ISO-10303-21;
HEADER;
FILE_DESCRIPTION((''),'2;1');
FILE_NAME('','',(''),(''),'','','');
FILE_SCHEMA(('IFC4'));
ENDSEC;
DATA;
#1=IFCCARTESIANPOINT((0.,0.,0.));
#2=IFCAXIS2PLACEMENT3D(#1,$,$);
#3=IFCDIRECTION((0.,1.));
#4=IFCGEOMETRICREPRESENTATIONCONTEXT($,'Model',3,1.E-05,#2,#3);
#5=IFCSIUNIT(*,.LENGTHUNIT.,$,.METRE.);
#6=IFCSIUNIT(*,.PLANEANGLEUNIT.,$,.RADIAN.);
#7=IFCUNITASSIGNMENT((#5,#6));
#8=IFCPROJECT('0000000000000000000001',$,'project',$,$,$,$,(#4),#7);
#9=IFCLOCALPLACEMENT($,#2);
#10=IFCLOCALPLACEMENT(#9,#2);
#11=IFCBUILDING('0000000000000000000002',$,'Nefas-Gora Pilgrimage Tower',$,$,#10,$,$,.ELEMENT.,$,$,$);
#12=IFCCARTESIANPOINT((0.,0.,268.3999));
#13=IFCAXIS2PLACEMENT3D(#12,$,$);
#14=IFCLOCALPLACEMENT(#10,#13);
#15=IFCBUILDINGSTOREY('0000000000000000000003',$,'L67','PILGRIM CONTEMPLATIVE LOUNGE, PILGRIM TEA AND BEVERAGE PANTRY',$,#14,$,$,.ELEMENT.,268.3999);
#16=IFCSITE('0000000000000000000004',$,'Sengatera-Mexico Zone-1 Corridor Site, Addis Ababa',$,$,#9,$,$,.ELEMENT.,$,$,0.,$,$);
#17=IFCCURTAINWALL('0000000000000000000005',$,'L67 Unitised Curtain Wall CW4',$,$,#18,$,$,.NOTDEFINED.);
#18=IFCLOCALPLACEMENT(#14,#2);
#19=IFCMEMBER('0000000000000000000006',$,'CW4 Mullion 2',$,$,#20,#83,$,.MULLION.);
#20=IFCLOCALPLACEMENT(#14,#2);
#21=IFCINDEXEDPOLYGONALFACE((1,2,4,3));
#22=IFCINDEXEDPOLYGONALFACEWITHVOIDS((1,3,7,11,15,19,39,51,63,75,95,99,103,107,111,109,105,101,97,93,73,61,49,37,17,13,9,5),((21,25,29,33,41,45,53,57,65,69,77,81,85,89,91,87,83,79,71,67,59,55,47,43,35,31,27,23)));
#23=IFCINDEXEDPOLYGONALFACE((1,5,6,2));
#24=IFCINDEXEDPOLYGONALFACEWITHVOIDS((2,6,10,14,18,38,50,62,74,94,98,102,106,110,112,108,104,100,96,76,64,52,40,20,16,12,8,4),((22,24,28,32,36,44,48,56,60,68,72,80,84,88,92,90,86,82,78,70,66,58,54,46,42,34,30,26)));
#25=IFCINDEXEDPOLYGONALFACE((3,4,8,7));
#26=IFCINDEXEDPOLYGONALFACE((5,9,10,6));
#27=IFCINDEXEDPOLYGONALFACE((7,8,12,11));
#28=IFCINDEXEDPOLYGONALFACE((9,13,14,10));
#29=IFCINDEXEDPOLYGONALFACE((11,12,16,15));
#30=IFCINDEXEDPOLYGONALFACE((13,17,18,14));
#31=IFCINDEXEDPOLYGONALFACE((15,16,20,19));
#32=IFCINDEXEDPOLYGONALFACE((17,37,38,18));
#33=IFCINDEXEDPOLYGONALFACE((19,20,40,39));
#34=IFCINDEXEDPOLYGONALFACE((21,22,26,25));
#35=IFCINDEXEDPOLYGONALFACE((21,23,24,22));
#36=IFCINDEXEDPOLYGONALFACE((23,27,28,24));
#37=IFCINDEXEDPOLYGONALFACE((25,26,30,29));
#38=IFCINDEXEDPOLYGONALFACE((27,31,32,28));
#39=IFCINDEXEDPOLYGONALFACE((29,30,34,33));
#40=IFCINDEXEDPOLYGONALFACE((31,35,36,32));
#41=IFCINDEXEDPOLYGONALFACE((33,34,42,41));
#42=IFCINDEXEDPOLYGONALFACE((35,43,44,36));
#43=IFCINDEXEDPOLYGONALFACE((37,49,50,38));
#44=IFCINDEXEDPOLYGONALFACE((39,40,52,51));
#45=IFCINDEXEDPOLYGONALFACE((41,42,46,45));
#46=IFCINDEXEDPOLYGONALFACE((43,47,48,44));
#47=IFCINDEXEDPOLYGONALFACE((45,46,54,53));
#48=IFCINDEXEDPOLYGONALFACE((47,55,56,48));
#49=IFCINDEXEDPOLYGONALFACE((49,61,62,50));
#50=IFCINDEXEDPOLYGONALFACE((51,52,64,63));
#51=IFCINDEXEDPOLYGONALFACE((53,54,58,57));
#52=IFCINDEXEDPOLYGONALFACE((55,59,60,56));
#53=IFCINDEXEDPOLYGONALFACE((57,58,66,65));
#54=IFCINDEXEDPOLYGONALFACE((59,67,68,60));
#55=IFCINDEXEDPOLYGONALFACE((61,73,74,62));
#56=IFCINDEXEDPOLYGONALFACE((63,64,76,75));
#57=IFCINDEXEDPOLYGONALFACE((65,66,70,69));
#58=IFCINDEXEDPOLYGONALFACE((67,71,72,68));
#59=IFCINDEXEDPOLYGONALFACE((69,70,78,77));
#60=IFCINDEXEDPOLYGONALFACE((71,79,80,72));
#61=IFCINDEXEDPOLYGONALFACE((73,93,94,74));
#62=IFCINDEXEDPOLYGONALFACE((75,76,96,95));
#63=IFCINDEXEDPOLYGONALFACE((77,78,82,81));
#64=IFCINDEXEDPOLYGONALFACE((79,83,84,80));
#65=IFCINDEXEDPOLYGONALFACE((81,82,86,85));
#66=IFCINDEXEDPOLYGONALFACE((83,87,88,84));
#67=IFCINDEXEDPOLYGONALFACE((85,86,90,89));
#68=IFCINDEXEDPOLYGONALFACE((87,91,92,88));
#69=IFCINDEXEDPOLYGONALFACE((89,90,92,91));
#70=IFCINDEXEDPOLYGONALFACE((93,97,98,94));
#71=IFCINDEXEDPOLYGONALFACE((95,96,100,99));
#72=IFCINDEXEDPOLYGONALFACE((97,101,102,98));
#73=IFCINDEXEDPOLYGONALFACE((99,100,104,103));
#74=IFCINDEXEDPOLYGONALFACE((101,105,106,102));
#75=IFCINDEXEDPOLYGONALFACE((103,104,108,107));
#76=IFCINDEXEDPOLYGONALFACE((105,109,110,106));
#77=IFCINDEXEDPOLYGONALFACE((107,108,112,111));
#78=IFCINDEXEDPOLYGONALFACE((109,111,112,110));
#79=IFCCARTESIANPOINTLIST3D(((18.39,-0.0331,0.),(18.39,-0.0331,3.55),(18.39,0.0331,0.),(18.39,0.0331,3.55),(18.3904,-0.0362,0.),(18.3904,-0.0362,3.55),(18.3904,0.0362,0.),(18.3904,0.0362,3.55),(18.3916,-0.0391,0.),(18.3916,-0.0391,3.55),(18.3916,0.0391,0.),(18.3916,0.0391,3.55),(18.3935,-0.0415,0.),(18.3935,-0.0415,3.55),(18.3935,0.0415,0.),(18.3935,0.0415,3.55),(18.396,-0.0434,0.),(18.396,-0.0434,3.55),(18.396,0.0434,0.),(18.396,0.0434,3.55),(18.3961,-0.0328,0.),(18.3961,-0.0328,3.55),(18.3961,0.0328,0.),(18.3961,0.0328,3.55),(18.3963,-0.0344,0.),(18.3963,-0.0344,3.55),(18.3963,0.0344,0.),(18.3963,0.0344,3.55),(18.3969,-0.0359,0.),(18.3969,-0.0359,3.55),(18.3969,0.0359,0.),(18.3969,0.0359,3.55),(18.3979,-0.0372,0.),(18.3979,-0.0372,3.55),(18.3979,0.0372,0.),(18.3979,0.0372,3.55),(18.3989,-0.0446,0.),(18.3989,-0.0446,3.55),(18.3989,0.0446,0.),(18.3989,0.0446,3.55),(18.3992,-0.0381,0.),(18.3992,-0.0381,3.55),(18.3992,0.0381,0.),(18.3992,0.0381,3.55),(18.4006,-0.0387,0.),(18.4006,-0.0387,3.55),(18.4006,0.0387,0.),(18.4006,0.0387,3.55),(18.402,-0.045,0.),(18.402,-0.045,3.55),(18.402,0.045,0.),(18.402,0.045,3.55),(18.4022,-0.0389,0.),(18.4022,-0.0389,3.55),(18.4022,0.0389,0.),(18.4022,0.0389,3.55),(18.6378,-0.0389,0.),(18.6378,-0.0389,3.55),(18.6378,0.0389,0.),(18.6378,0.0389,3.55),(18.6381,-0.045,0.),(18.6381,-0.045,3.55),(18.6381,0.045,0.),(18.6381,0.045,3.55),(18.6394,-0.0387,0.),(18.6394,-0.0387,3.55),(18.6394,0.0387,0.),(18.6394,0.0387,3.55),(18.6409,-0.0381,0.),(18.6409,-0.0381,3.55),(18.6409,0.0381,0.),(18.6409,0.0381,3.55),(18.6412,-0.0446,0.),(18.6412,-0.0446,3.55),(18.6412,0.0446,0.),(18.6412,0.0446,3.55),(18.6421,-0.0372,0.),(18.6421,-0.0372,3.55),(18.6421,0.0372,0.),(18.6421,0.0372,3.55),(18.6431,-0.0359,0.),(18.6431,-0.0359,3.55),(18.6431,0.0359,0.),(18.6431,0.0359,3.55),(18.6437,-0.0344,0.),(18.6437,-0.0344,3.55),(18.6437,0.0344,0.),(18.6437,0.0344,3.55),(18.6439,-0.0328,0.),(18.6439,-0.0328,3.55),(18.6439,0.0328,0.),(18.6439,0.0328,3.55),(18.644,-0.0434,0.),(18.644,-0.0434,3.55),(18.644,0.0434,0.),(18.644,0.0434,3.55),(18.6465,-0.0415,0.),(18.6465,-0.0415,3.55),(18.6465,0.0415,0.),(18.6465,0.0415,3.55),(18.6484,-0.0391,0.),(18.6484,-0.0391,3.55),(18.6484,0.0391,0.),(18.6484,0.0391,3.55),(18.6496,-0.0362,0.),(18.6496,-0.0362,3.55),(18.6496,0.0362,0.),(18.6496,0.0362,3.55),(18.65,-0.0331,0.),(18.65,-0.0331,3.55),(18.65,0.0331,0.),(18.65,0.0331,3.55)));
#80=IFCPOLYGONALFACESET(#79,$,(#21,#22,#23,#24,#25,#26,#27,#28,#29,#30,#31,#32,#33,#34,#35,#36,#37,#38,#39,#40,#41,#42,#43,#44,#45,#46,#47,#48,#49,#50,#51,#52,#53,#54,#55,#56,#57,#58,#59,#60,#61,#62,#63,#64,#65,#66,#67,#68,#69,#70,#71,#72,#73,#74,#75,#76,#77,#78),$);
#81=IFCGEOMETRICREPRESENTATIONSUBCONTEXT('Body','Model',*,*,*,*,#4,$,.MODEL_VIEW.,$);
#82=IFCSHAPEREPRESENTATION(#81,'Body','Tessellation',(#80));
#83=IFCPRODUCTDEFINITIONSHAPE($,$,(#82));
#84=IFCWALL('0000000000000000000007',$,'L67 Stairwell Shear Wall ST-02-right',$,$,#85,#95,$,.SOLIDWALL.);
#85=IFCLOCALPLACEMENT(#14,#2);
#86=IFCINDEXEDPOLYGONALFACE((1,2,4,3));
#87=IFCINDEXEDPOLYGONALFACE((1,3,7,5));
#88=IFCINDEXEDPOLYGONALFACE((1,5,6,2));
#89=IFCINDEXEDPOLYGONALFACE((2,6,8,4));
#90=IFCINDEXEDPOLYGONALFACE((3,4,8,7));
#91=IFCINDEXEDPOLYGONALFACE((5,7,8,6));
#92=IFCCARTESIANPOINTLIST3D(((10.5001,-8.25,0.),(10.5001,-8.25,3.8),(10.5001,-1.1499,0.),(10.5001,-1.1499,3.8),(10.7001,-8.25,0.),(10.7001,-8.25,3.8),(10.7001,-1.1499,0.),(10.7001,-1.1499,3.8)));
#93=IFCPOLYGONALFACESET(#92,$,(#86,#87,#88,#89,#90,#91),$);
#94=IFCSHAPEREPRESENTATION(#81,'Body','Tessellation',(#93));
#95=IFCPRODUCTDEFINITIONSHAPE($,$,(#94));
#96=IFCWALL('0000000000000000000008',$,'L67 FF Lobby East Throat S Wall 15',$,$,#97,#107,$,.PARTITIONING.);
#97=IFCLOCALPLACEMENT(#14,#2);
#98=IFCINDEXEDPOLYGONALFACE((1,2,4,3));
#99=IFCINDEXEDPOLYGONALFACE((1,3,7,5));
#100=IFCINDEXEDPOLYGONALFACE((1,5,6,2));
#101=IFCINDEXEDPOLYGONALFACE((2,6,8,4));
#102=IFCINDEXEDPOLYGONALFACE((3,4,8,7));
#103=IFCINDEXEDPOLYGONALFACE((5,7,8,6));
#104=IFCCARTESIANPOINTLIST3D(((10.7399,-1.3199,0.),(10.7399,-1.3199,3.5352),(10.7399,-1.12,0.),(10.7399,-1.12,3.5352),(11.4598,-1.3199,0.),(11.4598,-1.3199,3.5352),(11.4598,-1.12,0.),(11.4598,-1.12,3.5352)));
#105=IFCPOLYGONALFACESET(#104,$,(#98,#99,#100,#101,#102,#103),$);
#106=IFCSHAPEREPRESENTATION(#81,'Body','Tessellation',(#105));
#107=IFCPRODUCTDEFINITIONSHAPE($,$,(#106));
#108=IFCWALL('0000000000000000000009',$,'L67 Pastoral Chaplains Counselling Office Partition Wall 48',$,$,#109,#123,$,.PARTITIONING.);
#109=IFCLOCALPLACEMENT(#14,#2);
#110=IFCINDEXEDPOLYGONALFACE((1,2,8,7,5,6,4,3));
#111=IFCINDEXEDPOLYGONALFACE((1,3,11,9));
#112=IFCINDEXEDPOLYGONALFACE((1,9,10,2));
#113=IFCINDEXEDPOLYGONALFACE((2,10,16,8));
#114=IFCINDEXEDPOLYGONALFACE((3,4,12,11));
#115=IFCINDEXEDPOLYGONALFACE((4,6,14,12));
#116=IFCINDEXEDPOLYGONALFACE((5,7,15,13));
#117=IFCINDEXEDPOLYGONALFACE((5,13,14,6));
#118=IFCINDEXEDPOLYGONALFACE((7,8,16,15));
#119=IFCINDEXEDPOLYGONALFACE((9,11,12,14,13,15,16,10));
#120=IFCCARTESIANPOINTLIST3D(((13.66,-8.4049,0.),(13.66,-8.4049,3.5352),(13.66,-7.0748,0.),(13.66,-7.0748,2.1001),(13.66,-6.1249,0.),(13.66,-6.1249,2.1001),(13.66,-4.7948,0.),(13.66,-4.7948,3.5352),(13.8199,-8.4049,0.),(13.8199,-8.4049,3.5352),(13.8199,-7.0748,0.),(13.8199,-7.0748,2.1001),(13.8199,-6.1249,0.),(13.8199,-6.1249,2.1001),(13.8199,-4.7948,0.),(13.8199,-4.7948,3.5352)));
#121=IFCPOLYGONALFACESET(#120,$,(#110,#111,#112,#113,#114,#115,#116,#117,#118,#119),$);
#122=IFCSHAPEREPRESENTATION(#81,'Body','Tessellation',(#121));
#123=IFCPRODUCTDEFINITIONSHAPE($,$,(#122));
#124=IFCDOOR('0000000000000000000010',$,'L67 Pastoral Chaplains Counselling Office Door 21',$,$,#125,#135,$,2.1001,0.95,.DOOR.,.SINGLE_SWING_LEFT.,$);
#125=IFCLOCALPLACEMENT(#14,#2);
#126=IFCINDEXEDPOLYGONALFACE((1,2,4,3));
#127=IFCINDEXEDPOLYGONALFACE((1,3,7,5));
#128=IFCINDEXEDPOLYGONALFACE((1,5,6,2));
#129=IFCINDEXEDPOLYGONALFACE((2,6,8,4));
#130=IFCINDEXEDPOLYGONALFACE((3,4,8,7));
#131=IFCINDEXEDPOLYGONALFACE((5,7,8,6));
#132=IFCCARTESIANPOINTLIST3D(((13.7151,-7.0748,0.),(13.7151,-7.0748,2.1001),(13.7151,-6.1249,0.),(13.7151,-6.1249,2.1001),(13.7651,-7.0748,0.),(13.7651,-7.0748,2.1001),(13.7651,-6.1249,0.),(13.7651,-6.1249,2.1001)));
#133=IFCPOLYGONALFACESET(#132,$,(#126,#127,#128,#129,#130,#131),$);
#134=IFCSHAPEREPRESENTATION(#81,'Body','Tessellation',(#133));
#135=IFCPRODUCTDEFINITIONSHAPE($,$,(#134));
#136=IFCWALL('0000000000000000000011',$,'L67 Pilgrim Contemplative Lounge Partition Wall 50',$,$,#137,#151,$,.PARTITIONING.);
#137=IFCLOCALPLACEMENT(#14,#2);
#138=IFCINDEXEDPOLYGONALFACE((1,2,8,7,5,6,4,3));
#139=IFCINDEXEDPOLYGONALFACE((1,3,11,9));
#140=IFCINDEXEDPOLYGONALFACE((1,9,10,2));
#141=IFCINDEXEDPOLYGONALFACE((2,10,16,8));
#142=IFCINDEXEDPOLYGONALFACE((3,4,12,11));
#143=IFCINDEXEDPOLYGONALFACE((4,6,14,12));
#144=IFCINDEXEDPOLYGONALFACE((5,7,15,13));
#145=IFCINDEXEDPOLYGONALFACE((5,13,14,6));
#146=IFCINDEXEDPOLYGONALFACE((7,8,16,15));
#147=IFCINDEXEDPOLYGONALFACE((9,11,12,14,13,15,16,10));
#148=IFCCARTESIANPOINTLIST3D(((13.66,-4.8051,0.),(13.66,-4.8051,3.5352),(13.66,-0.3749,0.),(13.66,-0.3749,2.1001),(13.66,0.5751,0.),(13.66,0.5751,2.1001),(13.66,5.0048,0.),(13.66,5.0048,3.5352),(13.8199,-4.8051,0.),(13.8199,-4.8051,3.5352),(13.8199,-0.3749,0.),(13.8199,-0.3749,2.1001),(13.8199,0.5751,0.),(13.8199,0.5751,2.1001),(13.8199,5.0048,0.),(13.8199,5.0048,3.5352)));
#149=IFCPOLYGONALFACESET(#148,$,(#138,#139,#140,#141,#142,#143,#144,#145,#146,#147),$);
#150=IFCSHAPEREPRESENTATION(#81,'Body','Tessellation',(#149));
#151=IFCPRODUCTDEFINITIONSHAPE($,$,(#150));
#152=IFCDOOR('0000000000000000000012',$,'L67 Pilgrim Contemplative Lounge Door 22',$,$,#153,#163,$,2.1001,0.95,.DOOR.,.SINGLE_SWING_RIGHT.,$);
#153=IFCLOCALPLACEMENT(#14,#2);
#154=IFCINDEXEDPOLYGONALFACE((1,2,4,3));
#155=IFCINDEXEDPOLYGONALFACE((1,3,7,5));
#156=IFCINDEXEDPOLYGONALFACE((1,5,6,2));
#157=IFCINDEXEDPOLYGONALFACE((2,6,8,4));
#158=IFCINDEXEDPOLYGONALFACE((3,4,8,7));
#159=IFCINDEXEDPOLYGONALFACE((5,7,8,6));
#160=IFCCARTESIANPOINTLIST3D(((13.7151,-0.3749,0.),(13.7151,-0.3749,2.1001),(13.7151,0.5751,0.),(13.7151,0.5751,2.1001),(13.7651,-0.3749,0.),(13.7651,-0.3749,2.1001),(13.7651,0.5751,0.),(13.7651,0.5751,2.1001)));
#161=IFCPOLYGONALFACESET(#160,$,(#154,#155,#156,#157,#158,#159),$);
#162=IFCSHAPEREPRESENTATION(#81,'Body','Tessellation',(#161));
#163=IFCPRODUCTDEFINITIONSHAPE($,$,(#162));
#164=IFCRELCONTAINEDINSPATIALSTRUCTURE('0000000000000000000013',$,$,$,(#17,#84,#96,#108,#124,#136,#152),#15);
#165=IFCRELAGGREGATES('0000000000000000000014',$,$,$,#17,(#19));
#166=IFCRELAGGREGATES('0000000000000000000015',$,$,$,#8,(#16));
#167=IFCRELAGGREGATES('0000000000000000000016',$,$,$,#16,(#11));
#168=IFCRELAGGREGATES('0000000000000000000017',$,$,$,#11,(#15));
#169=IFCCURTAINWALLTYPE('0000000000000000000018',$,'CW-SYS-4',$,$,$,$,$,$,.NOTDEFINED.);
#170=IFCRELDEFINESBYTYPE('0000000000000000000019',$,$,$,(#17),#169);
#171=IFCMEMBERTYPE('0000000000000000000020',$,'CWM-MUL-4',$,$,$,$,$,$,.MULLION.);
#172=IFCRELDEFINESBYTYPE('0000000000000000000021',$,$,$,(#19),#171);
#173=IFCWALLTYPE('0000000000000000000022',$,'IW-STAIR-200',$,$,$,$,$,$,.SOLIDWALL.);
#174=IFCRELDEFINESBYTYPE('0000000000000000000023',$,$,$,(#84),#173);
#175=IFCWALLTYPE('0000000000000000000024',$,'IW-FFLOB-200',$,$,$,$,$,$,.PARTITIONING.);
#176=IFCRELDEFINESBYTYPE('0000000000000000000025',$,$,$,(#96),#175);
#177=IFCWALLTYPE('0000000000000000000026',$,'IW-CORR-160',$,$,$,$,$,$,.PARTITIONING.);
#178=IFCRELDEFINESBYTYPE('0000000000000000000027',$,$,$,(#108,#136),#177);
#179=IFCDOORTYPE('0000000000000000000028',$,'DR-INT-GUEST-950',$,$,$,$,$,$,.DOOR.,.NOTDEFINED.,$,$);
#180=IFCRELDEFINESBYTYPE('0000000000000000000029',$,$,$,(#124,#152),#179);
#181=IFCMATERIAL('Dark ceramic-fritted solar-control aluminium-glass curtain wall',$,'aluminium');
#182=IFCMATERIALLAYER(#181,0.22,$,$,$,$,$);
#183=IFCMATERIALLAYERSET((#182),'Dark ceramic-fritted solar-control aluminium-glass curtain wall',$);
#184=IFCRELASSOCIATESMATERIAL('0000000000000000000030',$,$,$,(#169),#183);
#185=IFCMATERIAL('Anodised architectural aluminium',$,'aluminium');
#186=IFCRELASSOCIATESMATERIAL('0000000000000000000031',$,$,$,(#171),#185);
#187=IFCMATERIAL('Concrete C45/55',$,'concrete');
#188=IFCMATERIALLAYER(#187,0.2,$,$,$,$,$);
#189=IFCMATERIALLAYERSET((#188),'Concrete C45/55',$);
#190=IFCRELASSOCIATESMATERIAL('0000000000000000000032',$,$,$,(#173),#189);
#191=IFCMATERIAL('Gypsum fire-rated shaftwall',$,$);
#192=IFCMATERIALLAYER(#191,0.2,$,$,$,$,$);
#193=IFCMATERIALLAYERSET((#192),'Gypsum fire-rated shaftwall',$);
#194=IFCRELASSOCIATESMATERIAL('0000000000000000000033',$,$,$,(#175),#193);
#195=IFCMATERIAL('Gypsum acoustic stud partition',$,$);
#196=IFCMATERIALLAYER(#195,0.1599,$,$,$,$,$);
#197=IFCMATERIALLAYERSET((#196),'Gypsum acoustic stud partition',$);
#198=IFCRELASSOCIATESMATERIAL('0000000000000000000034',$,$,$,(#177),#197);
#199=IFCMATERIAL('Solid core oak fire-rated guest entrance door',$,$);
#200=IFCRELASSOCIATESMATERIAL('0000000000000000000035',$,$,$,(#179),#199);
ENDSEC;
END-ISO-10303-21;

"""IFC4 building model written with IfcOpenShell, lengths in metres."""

from ifc_helpers import new_model, si_unit, direction, frame, frame_2d, origin, origin_2d, place, context, subcontext, project, spatial, rectangle, hollow_rectangle, extrude, source, transform, mapped, material, layer, layer_set, material_profile, profile_set, type_object, element, fill, aggregate, save


model = new_model("IFC4")

# Units and contexts
model_context = context("Model", 3, precision=1e-05, world=origin(), true_north=direction((0.0, 1.0)))
body_context = subcontext(model_context, "Body", "Model", "MODEL_VIEW")
ifc_project = project(units=[si_unit("LENGTHUNIT", "METRE"), si_unit("PLANEANGLEUNIT", "RADIAN")], contexts=[model_context])

# Site, building, storey
site_placement = place(None, origin())
site = spatial("IfcSite", under=ifc_project, at=site_placement, Name="Sengatera-Mexico Zone-1 Corridor Site, Addis Ababa", CompositionType="ELEMENT", RefElevation=0.0)
building_placement = place(site_placement, origin())
building = spatial("IfcBuilding", under=site, at=building_placement, Name="Nefas-Gora Pilgrimage Tower", CompositionType="ELEMENT")
storey_placement = place(building_placement, frame((0.0, 0.0, 268.3999)))
storey = spatial("IfcBuildingStorey", under=building, at=storey_placement, Name="L67", Description="PILGRIM CONTEMPLATIVE LOUNGE, PILGRIM TEA AND BEVERAGE PANTRY", CompositionType="ELEMENT", Elevation=268.3999)

# Curtain wall, member
ifc_material_1 = material(Name="Dark ceramic-fritted solar-control aluminium-glass curtain wall", Category="aluminium")
ifc_layer_1 = layer(ifc_material_1, 0.22)
ifc_layer_set_1 = layer_set([ifc_layer_1], Name="Dark ceramic-fritted solar-control aluminium-glass curtain wall")
curtain_wall_type = type_object("IfcCurtainWallType", Name="CW-SYS-4", PredefinedType="NOTDEFINED", material=ifc_layer_set_1)
curtain_wall_placement = place(storey_placement, origin())
curtain_wall = element("IfcCurtainWall", 1, at=curtain_wall_placement, inside=storey, type_object=curtain_wall_type, Name="L67 Unitised Curtain Wall CW4", PredefinedType="NOTDEFINED")
ifc_material_2 = material(Name="Anodised architectural aluminium", Category="aluminium")
ifc_material_profile_1 = material_profile(ifc_material_2, hollow_rectangle(XDim=0.0901, YDim=0.26, WallThickness=0.0061, InnerFilletRadius=0.0061, OuterFilletRadius=0.012, at=origin_2d()), Name="ALU MULLION 90x260")
ifc_profile_set_1 = profile_set([ifc_material_profile_1], Name="Anodised architectural aluminium")
member_type = type_object("IfcMemberType", Name="CWM-MUL-4", PredefinedType="MULLION", material=ifc_profile_set_1)
shared_shape_1 = source(origin(), body_context, "Body", "SweptSolid", [
    extrude(hollow_rectangle(XDim=0.0901, YDim=0.26, WallThickness=0.0061, InnerFilletRadius=0.0061, OuterFilletRadius=0.012, at=origin_2d()), origin(), (0.0, 0.0, 1.0), 3.55),
])
member_placement = place(storey_placement, frame((18.52, 0.0, 0.0), z_axis=(0.0, 0.0, 1.0), x_axis=(0.0, 1.0, 0.0)))
member = element("IfcMember", 2, at=member_placement, type_object=member_type, Name="CW4 Mullion 2", PredefinedType="MULLION", context=body_context, shape_type="MappedRepresentation", body=[
    mapped(shared_shape_1, transform((0.0, 0.0, 0.0), x_axis=(1.0, 0.0, 0.0), y_axis=(0.0, 1.0, 0.0), z_axis=(0.0, 0.0, 1.0), scale=1.0)),
])
aggregate(curtain_wall, [member])

# Walls
ifc_material_3 = material(Name="Concrete C45/55", Category="concrete")
ifc_layer_2 = layer(ifc_material_3, 0.2)
ifc_layer_set_2 = layer_set([ifc_layer_2], Name="Concrete C45/55")
wall_type_1 = type_object("IfcWallType", Name="IW-STAIR-200", PredefinedType="SOLIDWALL", material=ifc_layer_set_2)
shared_shape_2 = source(origin(), body_context, "Body", "SweptSolid", [
    extrude(rectangle(XDim=7.1001, YDim=0.2, at=frame_2d((3.55, 0.0))), origin(), (0.0, 0.0, 1.0), 3.8),
])
wall_1_placement = place(storey_placement, frame((10.6001, -1.1499, 0.0), z_axis=(0.0, 0.0, 1.0), x_axis=(0.0, -1.0, 0.0)))
element("IfcWall", 3, at=wall_1_placement, inside=storey, type_object=wall_type_1, Name="L67 Stairwell Shear Wall ST-02-right", PredefinedType="SOLIDWALL", context=body_context, shape_type="MappedRepresentation", body=[
    mapped(shared_shape_2, transform((0.0, 0.0, 0.0), x_axis=(1.0, 0.0, 0.0), y_axis=(0.0, 1.0, 0.0), z_axis=(0.0, 0.0, 1.0), scale=1.0)),
])
ifc_material_4 = material(Name="Gypsum fire-rated shaftwall")
ifc_layer_3 = layer(ifc_material_4, 0.2)
ifc_layer_set_3 = layer_set([ifc_layer_3], Name="Gypsum fire-rated shaftwall")
wall_type_2 = type_object("IfcWallType", Name="IW-FFLOB-200", PredefinedType="PARTITIONING", material=ifc_layer_set_3)
shared_shape_3 = source(origin(), body_context, "Body", "SweptSolid", [
    extrude(rectangle(XDim=0.72, YDim=0.2, at=frame_2d((0.3599, 0.0))), origin(), (0.0, 0.0, 1.0), 3.5352),
])
wall_2_placement = place(storey_placement, frame((10.74, -1.22, 0.0), z_axis=(0.0, 0.0, 1.0), x_axis=(1.0, 0.0, 0.0)))
element("IfcWall", 4, at=wall_2_placement, inside=storey, type_object=wall_type_2, Name="L67 FF Lobby East Throat S Wall 15", PredefinedType="PARTITIONING", context=body_context, shape_type="MappedRepresentation", body=[
    mapped(shared_shape_3, transform((0.0, 0.0, 0.0), x_axis=(1.0, 0.0, 0.0), y_axis=(0.0, 1.0, 0.0), z_axis=(0.0, 0.0, 1.0), scale=1.0)),
])

# Walls, openings, doors
ifc_material_5 = material(Name="Gypsum acoustic stud partition")
ifc_layer_4 = layer(ifc_material_5, 0.1599)
ifc_layer_set_4 = layer_set([ifc_layer_4], Name="Gypsum acoustic stud partition")
wall_type_3 = type_object("IfcWallType", Name="IW-CORR-160", PredefinedType="PARTITIONING", material=ifc_layer_set_4)
shared_shape_4 = source(origin(), body_context, "Body", "SweptSolid", [
    extrude(rectangle(XDim=3.6101, YDim=0.1599, at=frame_2d((1.8052, 0.0))), origin(), (0.0, 0.0, 1.0), 3.5352),
])
wall_3_placement = place(storey_placement, frame((13.74, -8.405, 0.0), z_axis=(0.0, 0.0, 1.0), x_axis=(0.0, 1.0, 0.0)))
wall_3 = element("IfcWall", 5, at=wall_3_placement, inside=storey, type_object=wall_type_3, Name="L67 Pastoral Chaplains Counselling Office Partition Wall 48", PredefinedType="PARTITIONING", context=body_context, shape_type="MappedRepresentation", body=[
    mapped(shared_shape_4, transform((0.0, 0.0, 0.0), x_axis=(1.0, 0.0, 0.0), y_axis=(0.0, 1.0, 0.0), z_axis=(0.0, 0.0, 1.0), scale=1.0)),
])
opening_1_placement = place(wall_3_placement, frame((1.3301, 0.0, 0.0)))
opening_1 = element("IfcOpeningElement", 6, at=opening_1_placement, cuts=wall_3, PredefinedType="OPENING", context=body_context, shape_type="SweptSolid", body=[
    extrude(rectangle(XDim=0.95, YDim=2.1001, at=frame_2d((0.4751, 1.05))), frame((0.0, 0.0898, 0.0), z_axis=(0.0, -1.0, 0.0), x_axis=(1.0, 0.0, 0.0)), (0.0, 0.0, 1.0), 0.1799),
])
ifc_material_6 = material(Name="Solid core oak fire-rated guest entrance door")
door_type_1 = type_object("IfcDoorType", Name="DR-INT-GUEST-950", OperationType="NOTDEFINED", PredefinedType="DOOR", material=ifc_material_6)
shared_shape_5 = source(origin(), body_context, "Body", "SweptSolid", [
    extrude(rectangle(XDim=0.95, YDim=2.1001, at=frame_2d((0.4751, 1.05))), frame((0.0, 0.0249, 0.0), z_axis=(0.0, -1.0, 0.0), x_axis=(1.0, 0.0, 0.0)), (0.0, 0.0, 1.0), 0.05),
])
door_1_placement = place(opening_1_placement, origin())
door_1 = element("IfcDoor", 7, at=door_1_placement, inside=storey, type_object=door_type_1, Name="L67 Pastoral Chaplains Counselling Office Door 21", OperationType="SINGLE_SWING_LEFT", OverallHeight=2.1001, OverallWidth=0.95, PredefinedType="DOOR", context=body_context, shape_type="MappedRepresentation", body=[
    mapped(shared_shape_5, transform((0.0, 0.0, 0.0), x_axis=(1.0, 0.0, 0.0), y_axis=(0.0, 1.0, 0.0), z_axis=(0.0, 0.0, 1.0), scale=1.0)),
])
fill(opening_1, door_1)
shared_shape_6 = source(origin(), body_context, "Body", "SweptSolid", [
    extrude(rectangle(XDim=9.8098, YDim=0.1599, at=frame_2d((4.9048, 0.0))), origin(), (0.0, 0.0, 1.0), 3.5352),
])
wall_4_placement = place(storey_placement, frame((13.74, -4.8049, 0.0), z_axis=(0.0, 0.0, 1.0), x_axis=(0.0, 1.0, 0.0)))
wall_4 = element("IfcWall", 8, at=wall_4_placement, inside=storey, type_object=wall_type_3, Name="L67 Pilgrim Contemplative Lounge Partition Wall 50", PredefinedType="PARTITIONING", context=body_context, shape_type="MappedRepresentation", body=[
    mapped(shared_shape_6, transform((0.0, 0.0, 0.0), x_axis=(1.0, 0.0, 0.0), y_axis=(0.0, 1.0, 0.0), z_axis=(0.0, 0.0, 1.0), scale=1.0)),
])
opening_2_placement = place(wall_4_placement, frame((4.4299, 0.0, 0.0)))
opening_2 = element("IfcOpeningElement", 9, at=opening_2_placement, cuts=wall_4, PredefinedType="OPENING", context=body_context, shape_type="SweptSolid", body=[
    extrude(rectangle(XDim=0.95, YDim=2.1001, at=frame_2d((0.4751, 1.05))), frame((0.0, 0.0898, 0.0), z_axis=(0.0, -1.0, 0.0), x_axis=(1.0, 0.0, 0.0)), (0.0, 0.0, 1.0), 0.1799),
])
door_2_placement = place(opening_2_placement, origin())
door_2 = element("IfcDoor", 10, at=door_2_placement, inside=storey, type_object=door_type_1, Name="L67 Pilgrim Contemplative Lounge Door 22", OperationType="SINGLE_SWING_RIGHT", OverallHeight=2.1001, OverallWidth=0.95, PredefinedType="DOOR", context=body_context, shape_type="MappedRepresentation", body=[
    mapped(shared_shape_5, transform((0.0, 0.0, 0.0), x_axis=(1.0, 0.0, 0.0), y_axis=(0.0, 1.0, 0.0), z_axis=(0.0, 0.0, 1.0), scale=1.0)),
])
fill(opening_2, door_2)

save(model, "model.ifc")
